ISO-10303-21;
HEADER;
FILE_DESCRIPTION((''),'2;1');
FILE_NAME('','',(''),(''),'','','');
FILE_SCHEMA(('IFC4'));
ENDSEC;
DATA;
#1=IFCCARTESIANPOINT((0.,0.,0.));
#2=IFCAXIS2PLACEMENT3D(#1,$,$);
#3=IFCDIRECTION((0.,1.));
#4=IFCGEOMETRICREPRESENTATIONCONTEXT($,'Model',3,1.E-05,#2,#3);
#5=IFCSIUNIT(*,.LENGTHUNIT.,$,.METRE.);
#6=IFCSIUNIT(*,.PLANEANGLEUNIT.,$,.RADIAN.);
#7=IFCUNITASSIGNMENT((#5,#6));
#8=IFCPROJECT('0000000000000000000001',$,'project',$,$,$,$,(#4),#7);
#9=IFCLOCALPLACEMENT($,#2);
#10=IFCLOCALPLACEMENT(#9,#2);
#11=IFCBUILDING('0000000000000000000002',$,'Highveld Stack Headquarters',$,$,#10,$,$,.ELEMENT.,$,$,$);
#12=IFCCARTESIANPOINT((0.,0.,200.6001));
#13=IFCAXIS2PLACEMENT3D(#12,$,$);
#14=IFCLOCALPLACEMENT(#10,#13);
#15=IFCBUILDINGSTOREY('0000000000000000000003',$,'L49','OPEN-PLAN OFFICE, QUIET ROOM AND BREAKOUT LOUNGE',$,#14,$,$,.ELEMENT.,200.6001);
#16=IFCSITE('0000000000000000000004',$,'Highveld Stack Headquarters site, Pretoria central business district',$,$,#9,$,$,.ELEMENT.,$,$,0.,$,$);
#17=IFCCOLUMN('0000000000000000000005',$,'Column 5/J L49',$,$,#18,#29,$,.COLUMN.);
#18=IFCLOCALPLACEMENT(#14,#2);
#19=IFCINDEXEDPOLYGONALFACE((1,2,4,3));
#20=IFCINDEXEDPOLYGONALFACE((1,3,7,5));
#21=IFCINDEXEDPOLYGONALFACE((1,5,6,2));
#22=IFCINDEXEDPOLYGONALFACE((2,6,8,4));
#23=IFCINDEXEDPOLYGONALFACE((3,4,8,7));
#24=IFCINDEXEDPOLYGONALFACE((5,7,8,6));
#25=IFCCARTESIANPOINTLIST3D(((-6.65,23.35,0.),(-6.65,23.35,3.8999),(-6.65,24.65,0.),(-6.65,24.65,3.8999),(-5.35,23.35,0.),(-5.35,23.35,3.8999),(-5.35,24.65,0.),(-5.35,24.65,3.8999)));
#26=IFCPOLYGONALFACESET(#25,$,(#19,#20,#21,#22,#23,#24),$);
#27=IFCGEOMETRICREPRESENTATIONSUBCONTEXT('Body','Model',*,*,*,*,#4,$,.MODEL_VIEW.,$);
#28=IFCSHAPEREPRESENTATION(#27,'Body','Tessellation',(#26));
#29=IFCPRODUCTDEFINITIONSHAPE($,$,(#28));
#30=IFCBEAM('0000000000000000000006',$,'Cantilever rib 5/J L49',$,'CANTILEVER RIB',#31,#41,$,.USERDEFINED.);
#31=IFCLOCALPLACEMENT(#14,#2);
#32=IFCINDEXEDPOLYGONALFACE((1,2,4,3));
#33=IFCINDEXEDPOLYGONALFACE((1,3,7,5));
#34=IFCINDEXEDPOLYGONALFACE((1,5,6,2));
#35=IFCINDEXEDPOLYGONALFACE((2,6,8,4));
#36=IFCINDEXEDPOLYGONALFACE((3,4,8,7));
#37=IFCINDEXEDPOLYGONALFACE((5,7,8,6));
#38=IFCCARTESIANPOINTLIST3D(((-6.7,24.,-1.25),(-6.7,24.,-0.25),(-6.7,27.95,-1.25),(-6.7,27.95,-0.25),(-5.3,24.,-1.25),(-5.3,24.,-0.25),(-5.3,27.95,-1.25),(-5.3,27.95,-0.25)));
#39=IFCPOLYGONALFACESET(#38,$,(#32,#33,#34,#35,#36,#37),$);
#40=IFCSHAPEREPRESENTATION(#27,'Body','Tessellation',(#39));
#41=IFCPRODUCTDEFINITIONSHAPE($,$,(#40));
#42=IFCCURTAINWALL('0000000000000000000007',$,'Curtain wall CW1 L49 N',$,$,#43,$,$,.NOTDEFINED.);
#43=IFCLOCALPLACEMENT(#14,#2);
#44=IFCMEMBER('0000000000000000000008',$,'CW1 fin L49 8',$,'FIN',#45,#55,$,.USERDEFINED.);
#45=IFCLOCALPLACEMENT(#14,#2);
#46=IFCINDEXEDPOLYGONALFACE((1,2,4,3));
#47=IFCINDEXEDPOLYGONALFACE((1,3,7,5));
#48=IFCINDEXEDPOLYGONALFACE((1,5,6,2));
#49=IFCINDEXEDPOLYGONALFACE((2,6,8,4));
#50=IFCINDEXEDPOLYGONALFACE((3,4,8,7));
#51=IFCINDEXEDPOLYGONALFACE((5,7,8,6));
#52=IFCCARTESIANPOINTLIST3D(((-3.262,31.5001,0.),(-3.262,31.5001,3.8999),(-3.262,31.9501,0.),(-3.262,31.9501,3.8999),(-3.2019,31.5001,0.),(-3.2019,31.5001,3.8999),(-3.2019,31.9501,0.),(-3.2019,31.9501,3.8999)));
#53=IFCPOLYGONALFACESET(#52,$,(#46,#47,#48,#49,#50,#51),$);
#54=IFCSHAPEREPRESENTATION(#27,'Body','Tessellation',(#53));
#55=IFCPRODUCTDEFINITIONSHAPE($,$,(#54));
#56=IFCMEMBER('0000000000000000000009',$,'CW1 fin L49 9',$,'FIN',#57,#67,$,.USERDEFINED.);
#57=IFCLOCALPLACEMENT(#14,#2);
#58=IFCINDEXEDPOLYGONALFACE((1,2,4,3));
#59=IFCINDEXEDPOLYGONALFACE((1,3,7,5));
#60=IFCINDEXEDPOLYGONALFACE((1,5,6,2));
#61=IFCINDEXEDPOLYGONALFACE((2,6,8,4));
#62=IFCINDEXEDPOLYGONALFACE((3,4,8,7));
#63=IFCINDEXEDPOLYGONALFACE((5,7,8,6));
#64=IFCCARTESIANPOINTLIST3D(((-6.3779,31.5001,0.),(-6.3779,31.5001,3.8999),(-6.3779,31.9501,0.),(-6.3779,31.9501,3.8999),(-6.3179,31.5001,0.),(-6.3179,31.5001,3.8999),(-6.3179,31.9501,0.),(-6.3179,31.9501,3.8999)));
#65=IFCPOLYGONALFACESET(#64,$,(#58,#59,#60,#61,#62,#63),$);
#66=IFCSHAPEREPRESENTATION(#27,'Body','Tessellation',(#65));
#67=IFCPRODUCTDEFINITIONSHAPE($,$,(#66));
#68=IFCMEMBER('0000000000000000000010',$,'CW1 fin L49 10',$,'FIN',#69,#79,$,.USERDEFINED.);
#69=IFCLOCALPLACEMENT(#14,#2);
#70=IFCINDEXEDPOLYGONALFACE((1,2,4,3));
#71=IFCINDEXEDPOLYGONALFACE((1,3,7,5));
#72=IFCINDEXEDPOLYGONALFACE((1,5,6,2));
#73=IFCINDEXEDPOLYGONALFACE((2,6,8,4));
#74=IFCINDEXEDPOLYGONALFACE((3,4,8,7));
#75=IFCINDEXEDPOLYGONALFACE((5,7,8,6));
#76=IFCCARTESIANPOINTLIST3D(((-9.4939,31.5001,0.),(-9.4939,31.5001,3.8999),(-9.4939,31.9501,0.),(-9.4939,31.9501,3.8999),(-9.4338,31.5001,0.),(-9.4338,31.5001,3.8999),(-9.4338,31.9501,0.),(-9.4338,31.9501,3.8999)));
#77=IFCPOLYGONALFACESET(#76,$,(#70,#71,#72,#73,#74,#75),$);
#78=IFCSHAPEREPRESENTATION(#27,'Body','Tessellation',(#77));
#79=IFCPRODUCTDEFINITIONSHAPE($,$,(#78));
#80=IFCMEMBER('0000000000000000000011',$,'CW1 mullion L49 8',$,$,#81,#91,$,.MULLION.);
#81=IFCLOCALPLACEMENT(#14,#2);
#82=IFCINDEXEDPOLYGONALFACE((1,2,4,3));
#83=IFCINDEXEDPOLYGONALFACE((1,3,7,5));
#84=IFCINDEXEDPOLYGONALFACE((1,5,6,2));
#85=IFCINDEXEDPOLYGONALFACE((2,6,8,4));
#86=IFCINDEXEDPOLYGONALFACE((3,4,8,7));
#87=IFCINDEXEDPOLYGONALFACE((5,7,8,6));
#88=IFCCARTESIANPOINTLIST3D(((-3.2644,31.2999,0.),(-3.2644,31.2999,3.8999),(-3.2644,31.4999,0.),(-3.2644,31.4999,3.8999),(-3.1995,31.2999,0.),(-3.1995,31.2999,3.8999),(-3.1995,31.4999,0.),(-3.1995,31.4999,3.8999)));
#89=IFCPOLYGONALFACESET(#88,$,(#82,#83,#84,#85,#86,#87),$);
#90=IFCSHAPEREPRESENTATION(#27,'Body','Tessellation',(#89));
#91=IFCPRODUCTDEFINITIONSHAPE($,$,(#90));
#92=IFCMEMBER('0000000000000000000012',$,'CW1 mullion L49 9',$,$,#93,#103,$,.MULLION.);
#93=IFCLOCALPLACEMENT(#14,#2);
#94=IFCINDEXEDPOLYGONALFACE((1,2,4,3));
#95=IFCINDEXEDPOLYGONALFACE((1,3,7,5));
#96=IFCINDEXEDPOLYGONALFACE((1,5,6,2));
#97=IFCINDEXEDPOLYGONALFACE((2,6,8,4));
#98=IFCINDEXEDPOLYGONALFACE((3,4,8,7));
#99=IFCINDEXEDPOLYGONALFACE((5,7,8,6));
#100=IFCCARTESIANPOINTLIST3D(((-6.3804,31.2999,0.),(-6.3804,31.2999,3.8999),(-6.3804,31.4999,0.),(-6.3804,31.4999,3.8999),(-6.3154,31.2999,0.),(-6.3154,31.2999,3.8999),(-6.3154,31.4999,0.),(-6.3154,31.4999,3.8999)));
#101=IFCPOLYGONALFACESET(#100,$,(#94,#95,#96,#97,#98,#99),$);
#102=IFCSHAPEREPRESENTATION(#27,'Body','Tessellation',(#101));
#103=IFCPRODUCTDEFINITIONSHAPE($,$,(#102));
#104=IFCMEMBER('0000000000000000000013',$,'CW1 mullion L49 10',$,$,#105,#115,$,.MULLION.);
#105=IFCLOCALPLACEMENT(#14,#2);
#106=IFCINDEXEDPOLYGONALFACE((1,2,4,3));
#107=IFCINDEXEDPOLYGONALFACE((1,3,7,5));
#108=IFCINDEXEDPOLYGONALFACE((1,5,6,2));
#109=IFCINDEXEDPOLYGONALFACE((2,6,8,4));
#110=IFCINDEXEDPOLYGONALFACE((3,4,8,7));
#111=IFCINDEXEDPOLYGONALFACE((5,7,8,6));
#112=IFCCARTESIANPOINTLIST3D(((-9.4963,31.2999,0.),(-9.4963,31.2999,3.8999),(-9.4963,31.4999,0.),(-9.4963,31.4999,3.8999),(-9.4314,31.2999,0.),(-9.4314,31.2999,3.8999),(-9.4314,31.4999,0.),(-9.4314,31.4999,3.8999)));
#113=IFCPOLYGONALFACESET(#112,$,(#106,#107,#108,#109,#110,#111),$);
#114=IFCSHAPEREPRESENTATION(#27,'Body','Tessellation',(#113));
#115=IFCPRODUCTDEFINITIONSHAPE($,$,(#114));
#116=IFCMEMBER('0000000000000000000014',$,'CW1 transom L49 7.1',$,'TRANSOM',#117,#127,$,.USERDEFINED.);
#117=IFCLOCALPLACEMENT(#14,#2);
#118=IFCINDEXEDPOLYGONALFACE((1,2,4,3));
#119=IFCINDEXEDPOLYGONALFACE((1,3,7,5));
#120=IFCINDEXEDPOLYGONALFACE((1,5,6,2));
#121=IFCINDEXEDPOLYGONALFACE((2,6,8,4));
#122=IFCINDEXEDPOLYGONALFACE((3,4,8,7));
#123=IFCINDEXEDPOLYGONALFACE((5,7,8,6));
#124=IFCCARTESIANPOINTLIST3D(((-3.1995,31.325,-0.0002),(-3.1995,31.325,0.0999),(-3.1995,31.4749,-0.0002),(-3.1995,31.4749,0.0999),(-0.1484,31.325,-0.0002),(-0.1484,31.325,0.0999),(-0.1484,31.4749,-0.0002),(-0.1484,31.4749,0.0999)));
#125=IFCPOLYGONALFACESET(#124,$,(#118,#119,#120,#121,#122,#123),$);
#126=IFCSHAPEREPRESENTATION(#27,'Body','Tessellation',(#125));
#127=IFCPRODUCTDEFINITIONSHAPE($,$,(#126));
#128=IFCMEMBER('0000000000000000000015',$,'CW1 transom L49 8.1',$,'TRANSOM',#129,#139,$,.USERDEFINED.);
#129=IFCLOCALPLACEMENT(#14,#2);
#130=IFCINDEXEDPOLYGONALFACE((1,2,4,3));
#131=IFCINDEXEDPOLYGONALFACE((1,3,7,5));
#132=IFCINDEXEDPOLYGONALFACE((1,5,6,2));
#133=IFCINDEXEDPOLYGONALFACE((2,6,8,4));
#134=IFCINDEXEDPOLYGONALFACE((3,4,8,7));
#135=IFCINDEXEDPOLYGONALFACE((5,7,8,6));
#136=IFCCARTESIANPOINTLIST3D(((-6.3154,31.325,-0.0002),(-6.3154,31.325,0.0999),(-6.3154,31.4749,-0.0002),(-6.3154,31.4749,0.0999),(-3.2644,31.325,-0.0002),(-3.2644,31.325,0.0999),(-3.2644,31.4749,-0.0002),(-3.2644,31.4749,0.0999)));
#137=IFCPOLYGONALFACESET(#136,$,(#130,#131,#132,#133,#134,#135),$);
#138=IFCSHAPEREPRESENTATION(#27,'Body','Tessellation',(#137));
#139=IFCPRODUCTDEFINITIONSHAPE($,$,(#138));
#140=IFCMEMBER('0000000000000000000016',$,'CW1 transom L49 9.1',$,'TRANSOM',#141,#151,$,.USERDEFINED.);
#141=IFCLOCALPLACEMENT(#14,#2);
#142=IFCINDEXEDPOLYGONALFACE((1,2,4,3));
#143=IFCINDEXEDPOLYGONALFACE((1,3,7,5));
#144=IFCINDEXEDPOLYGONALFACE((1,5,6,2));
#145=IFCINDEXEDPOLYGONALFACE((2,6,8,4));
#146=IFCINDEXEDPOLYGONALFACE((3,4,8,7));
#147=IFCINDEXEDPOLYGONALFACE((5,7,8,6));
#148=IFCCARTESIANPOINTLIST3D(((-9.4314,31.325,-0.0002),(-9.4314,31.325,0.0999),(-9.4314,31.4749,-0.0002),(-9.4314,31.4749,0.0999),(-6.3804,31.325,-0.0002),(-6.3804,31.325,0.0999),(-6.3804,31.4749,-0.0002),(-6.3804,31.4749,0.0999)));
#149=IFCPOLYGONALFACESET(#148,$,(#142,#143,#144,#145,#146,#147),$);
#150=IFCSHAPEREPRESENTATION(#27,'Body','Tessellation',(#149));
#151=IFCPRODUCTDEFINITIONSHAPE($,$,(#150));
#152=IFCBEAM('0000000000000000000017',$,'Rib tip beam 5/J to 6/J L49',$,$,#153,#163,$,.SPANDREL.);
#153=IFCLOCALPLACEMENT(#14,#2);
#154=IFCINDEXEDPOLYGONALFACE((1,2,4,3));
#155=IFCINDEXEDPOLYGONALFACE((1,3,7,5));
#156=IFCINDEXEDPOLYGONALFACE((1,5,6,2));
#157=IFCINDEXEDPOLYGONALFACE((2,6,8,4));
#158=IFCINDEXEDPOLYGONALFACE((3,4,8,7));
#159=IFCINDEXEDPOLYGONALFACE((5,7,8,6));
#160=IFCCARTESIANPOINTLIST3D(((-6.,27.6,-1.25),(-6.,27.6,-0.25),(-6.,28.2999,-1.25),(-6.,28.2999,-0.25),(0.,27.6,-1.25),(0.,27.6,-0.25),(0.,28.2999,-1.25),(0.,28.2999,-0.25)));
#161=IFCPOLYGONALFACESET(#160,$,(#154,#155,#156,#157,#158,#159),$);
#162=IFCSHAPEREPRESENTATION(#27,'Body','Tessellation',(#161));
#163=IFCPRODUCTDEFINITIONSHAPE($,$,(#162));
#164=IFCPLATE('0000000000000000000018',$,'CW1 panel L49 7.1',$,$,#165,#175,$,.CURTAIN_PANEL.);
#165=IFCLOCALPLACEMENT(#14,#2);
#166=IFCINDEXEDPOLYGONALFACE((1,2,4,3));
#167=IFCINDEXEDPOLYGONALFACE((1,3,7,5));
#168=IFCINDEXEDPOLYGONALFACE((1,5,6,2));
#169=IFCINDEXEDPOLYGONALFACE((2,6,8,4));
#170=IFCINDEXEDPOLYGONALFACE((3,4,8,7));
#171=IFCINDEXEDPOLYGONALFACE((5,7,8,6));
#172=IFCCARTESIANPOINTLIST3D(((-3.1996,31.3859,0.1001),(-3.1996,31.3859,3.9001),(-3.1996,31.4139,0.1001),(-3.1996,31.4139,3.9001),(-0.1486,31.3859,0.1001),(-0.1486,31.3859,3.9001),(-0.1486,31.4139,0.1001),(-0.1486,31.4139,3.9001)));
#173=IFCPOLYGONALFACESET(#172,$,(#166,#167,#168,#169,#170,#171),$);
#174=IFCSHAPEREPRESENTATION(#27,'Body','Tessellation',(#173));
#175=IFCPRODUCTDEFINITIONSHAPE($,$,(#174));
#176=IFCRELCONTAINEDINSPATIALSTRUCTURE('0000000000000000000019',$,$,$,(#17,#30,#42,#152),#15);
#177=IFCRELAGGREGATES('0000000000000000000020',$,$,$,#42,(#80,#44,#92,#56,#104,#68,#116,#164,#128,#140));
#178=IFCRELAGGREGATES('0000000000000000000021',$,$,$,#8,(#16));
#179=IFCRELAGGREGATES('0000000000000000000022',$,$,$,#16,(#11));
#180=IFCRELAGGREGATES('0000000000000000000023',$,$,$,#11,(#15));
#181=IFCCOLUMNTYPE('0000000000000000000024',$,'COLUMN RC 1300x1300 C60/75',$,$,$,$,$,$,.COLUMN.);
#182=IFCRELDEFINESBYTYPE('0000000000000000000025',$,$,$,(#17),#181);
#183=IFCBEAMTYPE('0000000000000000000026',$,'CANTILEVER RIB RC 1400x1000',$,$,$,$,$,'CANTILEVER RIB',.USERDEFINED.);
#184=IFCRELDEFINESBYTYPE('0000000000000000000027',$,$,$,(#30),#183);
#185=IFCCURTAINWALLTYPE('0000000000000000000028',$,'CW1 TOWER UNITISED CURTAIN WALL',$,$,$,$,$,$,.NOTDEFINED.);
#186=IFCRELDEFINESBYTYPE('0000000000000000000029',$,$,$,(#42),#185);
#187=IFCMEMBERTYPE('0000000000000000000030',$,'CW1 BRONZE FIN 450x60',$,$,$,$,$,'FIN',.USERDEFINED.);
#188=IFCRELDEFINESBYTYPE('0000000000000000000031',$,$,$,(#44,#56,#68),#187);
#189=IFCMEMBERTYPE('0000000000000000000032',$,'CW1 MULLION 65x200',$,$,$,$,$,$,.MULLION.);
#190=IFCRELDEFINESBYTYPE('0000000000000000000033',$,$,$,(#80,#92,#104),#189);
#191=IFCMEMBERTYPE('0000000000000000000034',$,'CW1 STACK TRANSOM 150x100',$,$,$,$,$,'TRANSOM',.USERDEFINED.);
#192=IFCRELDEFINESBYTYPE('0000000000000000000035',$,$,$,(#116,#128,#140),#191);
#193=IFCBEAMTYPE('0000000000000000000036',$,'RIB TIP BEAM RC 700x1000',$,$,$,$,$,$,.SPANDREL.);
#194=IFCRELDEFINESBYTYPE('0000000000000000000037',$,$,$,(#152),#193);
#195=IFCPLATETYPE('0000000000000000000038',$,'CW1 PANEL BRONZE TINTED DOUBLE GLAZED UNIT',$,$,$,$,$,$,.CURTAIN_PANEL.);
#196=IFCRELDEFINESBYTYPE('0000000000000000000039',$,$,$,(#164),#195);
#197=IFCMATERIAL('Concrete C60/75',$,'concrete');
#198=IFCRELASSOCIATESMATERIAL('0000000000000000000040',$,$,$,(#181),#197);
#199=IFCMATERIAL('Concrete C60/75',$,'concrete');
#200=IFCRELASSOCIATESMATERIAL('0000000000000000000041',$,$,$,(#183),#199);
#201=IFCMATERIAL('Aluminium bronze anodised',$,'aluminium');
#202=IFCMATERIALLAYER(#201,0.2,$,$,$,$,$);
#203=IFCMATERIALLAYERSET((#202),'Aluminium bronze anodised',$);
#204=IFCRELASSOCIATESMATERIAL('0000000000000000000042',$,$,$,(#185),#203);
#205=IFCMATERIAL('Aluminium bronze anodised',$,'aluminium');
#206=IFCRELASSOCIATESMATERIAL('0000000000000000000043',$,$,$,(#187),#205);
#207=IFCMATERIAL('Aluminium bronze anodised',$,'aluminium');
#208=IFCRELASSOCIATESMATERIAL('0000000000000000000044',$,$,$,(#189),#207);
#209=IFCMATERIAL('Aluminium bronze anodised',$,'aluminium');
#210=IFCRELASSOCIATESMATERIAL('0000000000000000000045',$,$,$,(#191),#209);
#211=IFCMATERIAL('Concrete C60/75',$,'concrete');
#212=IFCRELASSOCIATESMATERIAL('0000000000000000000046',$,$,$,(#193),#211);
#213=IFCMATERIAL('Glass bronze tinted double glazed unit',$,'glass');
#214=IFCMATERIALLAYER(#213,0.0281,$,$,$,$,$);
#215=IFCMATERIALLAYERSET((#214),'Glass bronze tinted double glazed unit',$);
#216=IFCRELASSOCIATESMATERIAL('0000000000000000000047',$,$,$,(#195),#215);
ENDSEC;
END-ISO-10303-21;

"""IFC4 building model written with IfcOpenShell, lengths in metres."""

from ifc_helpers import new_model, si_unit, direction, frame, origin, origin_2d, place, context, subcontext, project, spatial, rectangle, extrude, material, layer, layer_set, material_profile, profile_set, type_object, element, aggregate, save


model = new_model("IFC4")

# Units and contexts
model_context = context("Model", 3, precision=1e-05, world=origin(), true_north=direction((0.0, 1.0)))
body_context = subcontext(model_context, "Body", "Model", "MODEL_VIEW")
ifc_project = project(units=[si_unit("LENGTHUNIT", "METRE"), si_unit("PLANEANGLEUNIT", "RADIAN")], contexts=[model_context])

# Site, building, storey
site_placement = place(None, origin())
site = spatial("IfcSite", under=ifc_project, at=site_placement, Name="Highveld Stack Headquarters site, Pretoria central business district", CompositionType="ELEMENT", RefElevation=0.0)
building_placement = place(site_placement, origin())
building = spatial("IfcBuilding", under=site, at=building_placement, Name="Highveld Stack Headquarters", CompositionType="ELEMENT")
storey_placement = place(building_placement, frame((0.0, 0.0, 200.6001)))
storey = spatial("IfcBuildingStorey", under=building, at=storey_placement, Name="L49", Description="OPEN-PLAN OFFICE, QUIET ROOM AND BREAKOUT LOUNGE", CompositionType="ELEMENT", Elevation=200.6001)

# Column
ifc_material_1 = material(Name="Concrete C60/75", Category="concrete")
ifc_material_profile_1 = material_profile(ifc_material_1, rectangle(XDim=1.3, YDim=1.3, at=origin_2d()), Name="RC 1300x1300")
ifc_profile_set_1 = profile_set([ifc_material_profile_1], Name="Concrete C60/75")
column_type = type_object("IfcColumnType", Name="COLUMN RC 1300x1300 C60/75", PredefinedType="COLUMN", material=ifc_profile_set_1)
column_placement = place(storey_placement, frame((-6.0, 24.0, 0.0), z_axis=(0.0, 0.0, 1.0), x_axis=(1.0, 0.0, 0.0)))
element("IfcColumn", 1, at=column_placement, inside=storey, type_object=column_type, Name="Column 5/J L49", PredefinedType="COLUMN", context=body_context, shape_type="SweptSolid", body=[
    extrude(rectangle(XDim=1.3, YDim=1.3, at=origin_2d()), origin(), (0.0, 0.0, 1.0), 3.8999),
])

# Beam
ifc_material_2 = material(Name="Concrete C60/75", Category="concrete")
ifc_material_profile_2 = material_profile(ifc_material_2, rectangle(XDim=1.3999, YDim=1.0, at=origin_2d()), Name="RC 1400x1000")
ifc_profile_set_2 = profile_set([ifc_material_profile_2], Name="Concrete C60/75")
beam_type_1 = type_object("IfcBeamType", Name="CANTILEVER RIB RC 1400x1000", ElementType="CANTILEVER RIB", PredefinedType="USERDEFINED", material=ifc_profile_set_2)
beam_1_placement = place(storey_placement, frame((-6.0, 24.0, -0.75), z_axis=(0.0, 1.0, 0.0), x_axis=(-1.0, 0.0, 0.0)))
element("IfcBeam", 2, at=beam_1_placement, inside=storey, type_object=beam_type_1, Name="Cantilever rib 5/J L49", ObjectType="CANTILEVER RIB", PredefinedType="USERDEFINED", context=body_context, shape_type="SweptSolid", body=[
    extrude(rectangle(XDim=1.3999, YDim=1.0, at=origin_2d()), origin(), (0.0, 0.0, 1.0), 3.95),
])

# Curtain wall, members
ifc_material_3 = material(Name="Aluminium bronze anodised", Category="aluminium")
ifc_layer_1 = layer(ifc_material_3, 0.2)
ifc_layer_set_1 = layer_set([ifc_layer_1], Name="Aluminium bronze anodised")
curtain_wall_type = type_object("IfcCurtainWallType", Name="CW1 TOWER UNITISED CURTAIN WALL", PredefinedType="NOTDEFINED", material=ifc_layer_set_1)
curtain_wall_placement = place(storey_placement, origin())
curtain_wall = element("IfcCurtainWall", 3, at=curtain_wall_placement, inside=storey, type_object=curtain_wall_type, Name="Curtain wall CW1 L49 N", PredefinedType="NOTDEFINED")
ifc_material_4 = material(Name="Aluminium bronze anodised", Category="aluminium")
ifc_material_profile_3 = material_profile(ifc_material_4, rectangle(XDim=0.45, YDim=0.0601, at=origin_2d()), Name="FIN 450x60")
ifc_profile_set_3 = profile_set([ifc_material_profile_3], Name="Aluminium bronze anodised")
member_type_1 = type_object("IfcMemberType", Name="CW1 BRONZE FIN 450x60", ElementType="FIN", PredefinedType="USERDEFINED", material=ifc_profile_set_3)
member_1_placement = place(storey_placement, frame((-3.2319, 31.7251, 0.0), z_axis=(0.0, 0.0, 1.0), x_axis=(0.0, -1.0, 0.0)))
member_1 = element("IfcMember", 4, at=member_1_placement, type_object=member_type_1, Name="CW1 fin L49 8", ObjectType="FIN", PredefinedType="USERDEFINED", context=body_context, shape_type="SweptSolid", body=[
    extrude(rectangle(XDim=0.45, YDim=0.0601, at=origin_2d()), origin(), (0.0, 0.0, 1.0), 3.8999),
])
member_2_placement = place(storey_placement, frame((-6.3479, 31.7251, 0.0), z_axis=(0.0, 0.0, 1.0), x_axis=(0.0, -1.0, 0.0)))
member_2 = element("IfcMember", 5, at=member_2_placement, type_object=member_type_1, Name="CW1 fin L49 9", ObjectType="FIN", PredefinedType="USERDEFINED", context=body_context, shape_type="SweptSolid", body=[
    extrude(rectangle(XDim=0.45, YDim=0.0601, at=origin_2d()), origin(), (0.0, 0.0, 1.0), 3.8999),
])
member_3_placement = place(storey_placement, frame((-9.4639, 31.7251, 0.0), z_axis=(0.0, 0.0, 1.0), x_axis=(0.0, -1.0, 0.0)))
member_3 = element("IfcMember", 6, at=member_3_placement, type_object=member_type_1, Name="CW1 fin L49 10", ObjectType="FIN", PredefinedType="USERDEFINED", context=body_context, shape_type="SweptSolid", body=[
    extrude(rectangle(XDim=0.45, YDim=0.0601, at=origin_2d()), origin(), (0.0, 0.0, 1.0), 3.8999),
])
ifc_material_5 = material(Name="Aluminium bronze anodised", Category="aluminium")
ifc_material_profile_4 = material_profile(ifc_material_5, rectangle(XDim=0.2, YDim=0.0649, at=origin_2d()), Name="CW1 MULLION 65x200")
ifc_profile_set_4 = profile_set([ifc_material_profile_4], Name="Aluminium bronze anodised")
member_type_2 = type_object("IfcMemberType", Name="CW1 MULLION 65x200", PredefinedType="MULLION", material=ifc_profile_set_4)
member_4_placement = place(storey_placement, frame((-3.2319, 31.3999, 0.0), z_axis=(0.0, 0.0, 1.0), x_axis=(0.0, -1.0, 0.0)))
member_4 = element("IfcMember", 7, at=member_4_placement, type_object=member_type_2, Name="CW1 mullion L49 8", PredefinedType="MULLION", context=body_context, shape_type="SweptSolid", body=[
    extrude(rectangle(XDim=0.2, YDim=0.0649, at=origin_2d()), origin(), (0.0, 0.0, 1.0), 3.8999),
])
member_5_placement = place(storey_placement, frame((-6.3479, 31.3999, 0.0), z_axis=(0.0, 0.0, 1.0), x_axis=(0.0, -1.0, 0.0)))
member_5 = element("IfcMember", 8, at=member_5_placement, type_object=member_type_2, Name="CW1 mullion L49 9", PredefinedType="MULLION", context=body_context, shape_type="SweptSolid", body=[
    extrude(rectangle(XDim=0.2, YDim=0.0649, at=origin_2d()), origin(), (0.0, 0.0, 1.0), 3.8999),
])
member_6_placement = place(storey_placement, frame((-9.4639, 31.3999, 0.0), z_axis=(0.0, 0.0, 1.0), x_axis=(0.0, -1.0, 0.0)))
member_6 = element("IfcMember", 9, at=member_6_placement, type_object=member_type_2, Name="CW1 mullion L49 10", PredefinedType="MULLION", context=body_context, shape_type="SweptSolid", body=[
    extrude(rectangle(XDim=0.2, YDim=0.0649, at=origin_2d()), origin(), (0.0, 0.0, 1.0), 3.8999),
])
ifc_material_6 = material(Name="Aluminium bronze anodised", Category="aluminium")
ifc_material_profile_5 = material_profile(ifc_material_6, rectangle(XDim=0.1499, YDim=0.1001, at=origin_2d()), Name="CW1 TRANSOM 150x100")
ifc_profile_set_5 = profile_set([ifc_material_profile_5], Name="Aluminium bronze anodised")
member_type_3 = type_object("IfcMemberType", Name="CW1 STACK TRANSOM 150x100", ElementType="TRANSOM", PredefinedType="USERDEFINED", material=ifc_profile_set_5)
member_7_placement = place(storey_placement, frame((-0.1484, 31.3999, 0.0498), z_axis=(-1.0, 0.0, 0.0), x_axis=(0.0, -1.0, 0.0)))
member_7 = element("IfcMember", 10, at=member_7_placement, type_object=member_type_3, Name="CW1 transom L49 7.1", ObjectType="TRANSOM", PredefinedType="USERDEFINED", context=body_context, shape_type="SweptSolid", body=[
    extrude(rectangle(XDim=0.1499, YDim=0.1001, at=origin_2d()), origin(), (0.0, 0.0, 1.0), 3.051),
])
member_8_placement = place(storey_placement, frame((-3.2644, 31.3999, 0.0498), z_axis=(-1.0, 0.0, 0.0), x_axis=(0.0, -1.0, 0.0)))
member_8 = element("IfcMember", 11, at=member_8_placement, type_object=member_type_3, Name="CW1 transom L49 8.1", ObjectType="TRANSOM", PredefinedType="USERDEFINED", context=body_context, shape_type="SweptSolid", body=[
    extrude(rectangle(XDim=0.1499, YDim=0.1001, at=origin_2d()), origin(), (0.0, 0.0, 1.0), 3.051),
])
member_9_placement = place(storey_placement, frame((-6.3804, 31.3999, 0.0498), z_axis=(-1.0, 0.0, 0.0), x_axis=(0.0, -1.0, 0.0)))
member_9 = element("IfcMember", 12, at=member_9_placement, type_object=member_type_3, Name="CW1 transom L49 9.1", ObjectType="TRANSOM", PredefinedType="USERDEFINED", context=body_context, shape_type="SweptSolid", body=[
    extrude(rectangle(XDim=0.1499, YDim=0.1001, at=origin_2d()), origin(), (0.0, 0.0, 1.0), 3.051),
])

# Beam
ifc_material_7 = material(Name="Concrete C60/75", Category="concrete")
ifc_material_profile_6 = material_profile(ifc_material_7, rectangle(XDim=0.7, YDim=1.0, at=origin_2d()), Name="RC 700x1000")
ifc_profile_set_6 = profile_set([ifc_material_profile_6], Name="Concrete C60/75")
beam_type_2 = type_object("IfcBeamType", Name="RIB TIP BEAM RC 700x1000", PredefinedType="SPANDREL", material=ifc_profile_set_6)
beam_2_placement = place(storey_placement, frame((-6.0, 27.95, -0.75), z_axis=(1.0, 0.0, 0.0), x_axis=(0.0, 1.0, 0.0)))
element("IfcBeam", 13, at=beam_2_placement, inside=storey, type_object=beam_type_2, Name="Rib tip beam 5/J to 6/J L49", PredefinedType="SPANDREL", context=body_context, shape_type="SweptSolid", body=[
    extrude(rectangle(XDim=0.7, YDim=1.0, at=origin_2d()), origin(), (0.0, 0.0, 1.0), 6.0),
])

# Plate
ifc_material_8 = material(Name="Glass bronze tinted double glazed unit", Category="glass")
ifc_layer_2 = layer(ifc_material_8, 0.0281)
ifc_layer_set_2 = layer_set([ifc_layer_2], Name="Glass bronze tinted double glazed unit")
plate_type = type_object("IfcPlateType", Name="CW1 PANEL BRONZE TINTED DOUBLE GLAZED UNIT", PredefinedType="CURTAIN_PANEL", material=ifc_layer_set_2)
plate_1_placement = place(storey_placement, frame((-1.6741, 31.3999, 0.1001), z_axis=(0.0, 0.0, 1.0), x_axis=(-1.0, 0.0, 0.0)))
plate_1 = element("IfcPlate", 14, at=plate_1_placement, type_object=plate_type, Name="CW1 panel L49 7.1", PredefinedType="CURTAIN_PANEL", context=body_context, shape_type="SweptSolid", body=[
    extrude(rectangle(XDim=3.051, YDim=0.0281, at=origin_2d()), origin(), (0.0, 0.0, 1.0), 3.8),
])
aggregate(curtain_wall, [member_4, member_1, member_5, member_2, member_6, member_3, member_7, plate_1, member_8, member_9])

save(model, "model.ifc")
